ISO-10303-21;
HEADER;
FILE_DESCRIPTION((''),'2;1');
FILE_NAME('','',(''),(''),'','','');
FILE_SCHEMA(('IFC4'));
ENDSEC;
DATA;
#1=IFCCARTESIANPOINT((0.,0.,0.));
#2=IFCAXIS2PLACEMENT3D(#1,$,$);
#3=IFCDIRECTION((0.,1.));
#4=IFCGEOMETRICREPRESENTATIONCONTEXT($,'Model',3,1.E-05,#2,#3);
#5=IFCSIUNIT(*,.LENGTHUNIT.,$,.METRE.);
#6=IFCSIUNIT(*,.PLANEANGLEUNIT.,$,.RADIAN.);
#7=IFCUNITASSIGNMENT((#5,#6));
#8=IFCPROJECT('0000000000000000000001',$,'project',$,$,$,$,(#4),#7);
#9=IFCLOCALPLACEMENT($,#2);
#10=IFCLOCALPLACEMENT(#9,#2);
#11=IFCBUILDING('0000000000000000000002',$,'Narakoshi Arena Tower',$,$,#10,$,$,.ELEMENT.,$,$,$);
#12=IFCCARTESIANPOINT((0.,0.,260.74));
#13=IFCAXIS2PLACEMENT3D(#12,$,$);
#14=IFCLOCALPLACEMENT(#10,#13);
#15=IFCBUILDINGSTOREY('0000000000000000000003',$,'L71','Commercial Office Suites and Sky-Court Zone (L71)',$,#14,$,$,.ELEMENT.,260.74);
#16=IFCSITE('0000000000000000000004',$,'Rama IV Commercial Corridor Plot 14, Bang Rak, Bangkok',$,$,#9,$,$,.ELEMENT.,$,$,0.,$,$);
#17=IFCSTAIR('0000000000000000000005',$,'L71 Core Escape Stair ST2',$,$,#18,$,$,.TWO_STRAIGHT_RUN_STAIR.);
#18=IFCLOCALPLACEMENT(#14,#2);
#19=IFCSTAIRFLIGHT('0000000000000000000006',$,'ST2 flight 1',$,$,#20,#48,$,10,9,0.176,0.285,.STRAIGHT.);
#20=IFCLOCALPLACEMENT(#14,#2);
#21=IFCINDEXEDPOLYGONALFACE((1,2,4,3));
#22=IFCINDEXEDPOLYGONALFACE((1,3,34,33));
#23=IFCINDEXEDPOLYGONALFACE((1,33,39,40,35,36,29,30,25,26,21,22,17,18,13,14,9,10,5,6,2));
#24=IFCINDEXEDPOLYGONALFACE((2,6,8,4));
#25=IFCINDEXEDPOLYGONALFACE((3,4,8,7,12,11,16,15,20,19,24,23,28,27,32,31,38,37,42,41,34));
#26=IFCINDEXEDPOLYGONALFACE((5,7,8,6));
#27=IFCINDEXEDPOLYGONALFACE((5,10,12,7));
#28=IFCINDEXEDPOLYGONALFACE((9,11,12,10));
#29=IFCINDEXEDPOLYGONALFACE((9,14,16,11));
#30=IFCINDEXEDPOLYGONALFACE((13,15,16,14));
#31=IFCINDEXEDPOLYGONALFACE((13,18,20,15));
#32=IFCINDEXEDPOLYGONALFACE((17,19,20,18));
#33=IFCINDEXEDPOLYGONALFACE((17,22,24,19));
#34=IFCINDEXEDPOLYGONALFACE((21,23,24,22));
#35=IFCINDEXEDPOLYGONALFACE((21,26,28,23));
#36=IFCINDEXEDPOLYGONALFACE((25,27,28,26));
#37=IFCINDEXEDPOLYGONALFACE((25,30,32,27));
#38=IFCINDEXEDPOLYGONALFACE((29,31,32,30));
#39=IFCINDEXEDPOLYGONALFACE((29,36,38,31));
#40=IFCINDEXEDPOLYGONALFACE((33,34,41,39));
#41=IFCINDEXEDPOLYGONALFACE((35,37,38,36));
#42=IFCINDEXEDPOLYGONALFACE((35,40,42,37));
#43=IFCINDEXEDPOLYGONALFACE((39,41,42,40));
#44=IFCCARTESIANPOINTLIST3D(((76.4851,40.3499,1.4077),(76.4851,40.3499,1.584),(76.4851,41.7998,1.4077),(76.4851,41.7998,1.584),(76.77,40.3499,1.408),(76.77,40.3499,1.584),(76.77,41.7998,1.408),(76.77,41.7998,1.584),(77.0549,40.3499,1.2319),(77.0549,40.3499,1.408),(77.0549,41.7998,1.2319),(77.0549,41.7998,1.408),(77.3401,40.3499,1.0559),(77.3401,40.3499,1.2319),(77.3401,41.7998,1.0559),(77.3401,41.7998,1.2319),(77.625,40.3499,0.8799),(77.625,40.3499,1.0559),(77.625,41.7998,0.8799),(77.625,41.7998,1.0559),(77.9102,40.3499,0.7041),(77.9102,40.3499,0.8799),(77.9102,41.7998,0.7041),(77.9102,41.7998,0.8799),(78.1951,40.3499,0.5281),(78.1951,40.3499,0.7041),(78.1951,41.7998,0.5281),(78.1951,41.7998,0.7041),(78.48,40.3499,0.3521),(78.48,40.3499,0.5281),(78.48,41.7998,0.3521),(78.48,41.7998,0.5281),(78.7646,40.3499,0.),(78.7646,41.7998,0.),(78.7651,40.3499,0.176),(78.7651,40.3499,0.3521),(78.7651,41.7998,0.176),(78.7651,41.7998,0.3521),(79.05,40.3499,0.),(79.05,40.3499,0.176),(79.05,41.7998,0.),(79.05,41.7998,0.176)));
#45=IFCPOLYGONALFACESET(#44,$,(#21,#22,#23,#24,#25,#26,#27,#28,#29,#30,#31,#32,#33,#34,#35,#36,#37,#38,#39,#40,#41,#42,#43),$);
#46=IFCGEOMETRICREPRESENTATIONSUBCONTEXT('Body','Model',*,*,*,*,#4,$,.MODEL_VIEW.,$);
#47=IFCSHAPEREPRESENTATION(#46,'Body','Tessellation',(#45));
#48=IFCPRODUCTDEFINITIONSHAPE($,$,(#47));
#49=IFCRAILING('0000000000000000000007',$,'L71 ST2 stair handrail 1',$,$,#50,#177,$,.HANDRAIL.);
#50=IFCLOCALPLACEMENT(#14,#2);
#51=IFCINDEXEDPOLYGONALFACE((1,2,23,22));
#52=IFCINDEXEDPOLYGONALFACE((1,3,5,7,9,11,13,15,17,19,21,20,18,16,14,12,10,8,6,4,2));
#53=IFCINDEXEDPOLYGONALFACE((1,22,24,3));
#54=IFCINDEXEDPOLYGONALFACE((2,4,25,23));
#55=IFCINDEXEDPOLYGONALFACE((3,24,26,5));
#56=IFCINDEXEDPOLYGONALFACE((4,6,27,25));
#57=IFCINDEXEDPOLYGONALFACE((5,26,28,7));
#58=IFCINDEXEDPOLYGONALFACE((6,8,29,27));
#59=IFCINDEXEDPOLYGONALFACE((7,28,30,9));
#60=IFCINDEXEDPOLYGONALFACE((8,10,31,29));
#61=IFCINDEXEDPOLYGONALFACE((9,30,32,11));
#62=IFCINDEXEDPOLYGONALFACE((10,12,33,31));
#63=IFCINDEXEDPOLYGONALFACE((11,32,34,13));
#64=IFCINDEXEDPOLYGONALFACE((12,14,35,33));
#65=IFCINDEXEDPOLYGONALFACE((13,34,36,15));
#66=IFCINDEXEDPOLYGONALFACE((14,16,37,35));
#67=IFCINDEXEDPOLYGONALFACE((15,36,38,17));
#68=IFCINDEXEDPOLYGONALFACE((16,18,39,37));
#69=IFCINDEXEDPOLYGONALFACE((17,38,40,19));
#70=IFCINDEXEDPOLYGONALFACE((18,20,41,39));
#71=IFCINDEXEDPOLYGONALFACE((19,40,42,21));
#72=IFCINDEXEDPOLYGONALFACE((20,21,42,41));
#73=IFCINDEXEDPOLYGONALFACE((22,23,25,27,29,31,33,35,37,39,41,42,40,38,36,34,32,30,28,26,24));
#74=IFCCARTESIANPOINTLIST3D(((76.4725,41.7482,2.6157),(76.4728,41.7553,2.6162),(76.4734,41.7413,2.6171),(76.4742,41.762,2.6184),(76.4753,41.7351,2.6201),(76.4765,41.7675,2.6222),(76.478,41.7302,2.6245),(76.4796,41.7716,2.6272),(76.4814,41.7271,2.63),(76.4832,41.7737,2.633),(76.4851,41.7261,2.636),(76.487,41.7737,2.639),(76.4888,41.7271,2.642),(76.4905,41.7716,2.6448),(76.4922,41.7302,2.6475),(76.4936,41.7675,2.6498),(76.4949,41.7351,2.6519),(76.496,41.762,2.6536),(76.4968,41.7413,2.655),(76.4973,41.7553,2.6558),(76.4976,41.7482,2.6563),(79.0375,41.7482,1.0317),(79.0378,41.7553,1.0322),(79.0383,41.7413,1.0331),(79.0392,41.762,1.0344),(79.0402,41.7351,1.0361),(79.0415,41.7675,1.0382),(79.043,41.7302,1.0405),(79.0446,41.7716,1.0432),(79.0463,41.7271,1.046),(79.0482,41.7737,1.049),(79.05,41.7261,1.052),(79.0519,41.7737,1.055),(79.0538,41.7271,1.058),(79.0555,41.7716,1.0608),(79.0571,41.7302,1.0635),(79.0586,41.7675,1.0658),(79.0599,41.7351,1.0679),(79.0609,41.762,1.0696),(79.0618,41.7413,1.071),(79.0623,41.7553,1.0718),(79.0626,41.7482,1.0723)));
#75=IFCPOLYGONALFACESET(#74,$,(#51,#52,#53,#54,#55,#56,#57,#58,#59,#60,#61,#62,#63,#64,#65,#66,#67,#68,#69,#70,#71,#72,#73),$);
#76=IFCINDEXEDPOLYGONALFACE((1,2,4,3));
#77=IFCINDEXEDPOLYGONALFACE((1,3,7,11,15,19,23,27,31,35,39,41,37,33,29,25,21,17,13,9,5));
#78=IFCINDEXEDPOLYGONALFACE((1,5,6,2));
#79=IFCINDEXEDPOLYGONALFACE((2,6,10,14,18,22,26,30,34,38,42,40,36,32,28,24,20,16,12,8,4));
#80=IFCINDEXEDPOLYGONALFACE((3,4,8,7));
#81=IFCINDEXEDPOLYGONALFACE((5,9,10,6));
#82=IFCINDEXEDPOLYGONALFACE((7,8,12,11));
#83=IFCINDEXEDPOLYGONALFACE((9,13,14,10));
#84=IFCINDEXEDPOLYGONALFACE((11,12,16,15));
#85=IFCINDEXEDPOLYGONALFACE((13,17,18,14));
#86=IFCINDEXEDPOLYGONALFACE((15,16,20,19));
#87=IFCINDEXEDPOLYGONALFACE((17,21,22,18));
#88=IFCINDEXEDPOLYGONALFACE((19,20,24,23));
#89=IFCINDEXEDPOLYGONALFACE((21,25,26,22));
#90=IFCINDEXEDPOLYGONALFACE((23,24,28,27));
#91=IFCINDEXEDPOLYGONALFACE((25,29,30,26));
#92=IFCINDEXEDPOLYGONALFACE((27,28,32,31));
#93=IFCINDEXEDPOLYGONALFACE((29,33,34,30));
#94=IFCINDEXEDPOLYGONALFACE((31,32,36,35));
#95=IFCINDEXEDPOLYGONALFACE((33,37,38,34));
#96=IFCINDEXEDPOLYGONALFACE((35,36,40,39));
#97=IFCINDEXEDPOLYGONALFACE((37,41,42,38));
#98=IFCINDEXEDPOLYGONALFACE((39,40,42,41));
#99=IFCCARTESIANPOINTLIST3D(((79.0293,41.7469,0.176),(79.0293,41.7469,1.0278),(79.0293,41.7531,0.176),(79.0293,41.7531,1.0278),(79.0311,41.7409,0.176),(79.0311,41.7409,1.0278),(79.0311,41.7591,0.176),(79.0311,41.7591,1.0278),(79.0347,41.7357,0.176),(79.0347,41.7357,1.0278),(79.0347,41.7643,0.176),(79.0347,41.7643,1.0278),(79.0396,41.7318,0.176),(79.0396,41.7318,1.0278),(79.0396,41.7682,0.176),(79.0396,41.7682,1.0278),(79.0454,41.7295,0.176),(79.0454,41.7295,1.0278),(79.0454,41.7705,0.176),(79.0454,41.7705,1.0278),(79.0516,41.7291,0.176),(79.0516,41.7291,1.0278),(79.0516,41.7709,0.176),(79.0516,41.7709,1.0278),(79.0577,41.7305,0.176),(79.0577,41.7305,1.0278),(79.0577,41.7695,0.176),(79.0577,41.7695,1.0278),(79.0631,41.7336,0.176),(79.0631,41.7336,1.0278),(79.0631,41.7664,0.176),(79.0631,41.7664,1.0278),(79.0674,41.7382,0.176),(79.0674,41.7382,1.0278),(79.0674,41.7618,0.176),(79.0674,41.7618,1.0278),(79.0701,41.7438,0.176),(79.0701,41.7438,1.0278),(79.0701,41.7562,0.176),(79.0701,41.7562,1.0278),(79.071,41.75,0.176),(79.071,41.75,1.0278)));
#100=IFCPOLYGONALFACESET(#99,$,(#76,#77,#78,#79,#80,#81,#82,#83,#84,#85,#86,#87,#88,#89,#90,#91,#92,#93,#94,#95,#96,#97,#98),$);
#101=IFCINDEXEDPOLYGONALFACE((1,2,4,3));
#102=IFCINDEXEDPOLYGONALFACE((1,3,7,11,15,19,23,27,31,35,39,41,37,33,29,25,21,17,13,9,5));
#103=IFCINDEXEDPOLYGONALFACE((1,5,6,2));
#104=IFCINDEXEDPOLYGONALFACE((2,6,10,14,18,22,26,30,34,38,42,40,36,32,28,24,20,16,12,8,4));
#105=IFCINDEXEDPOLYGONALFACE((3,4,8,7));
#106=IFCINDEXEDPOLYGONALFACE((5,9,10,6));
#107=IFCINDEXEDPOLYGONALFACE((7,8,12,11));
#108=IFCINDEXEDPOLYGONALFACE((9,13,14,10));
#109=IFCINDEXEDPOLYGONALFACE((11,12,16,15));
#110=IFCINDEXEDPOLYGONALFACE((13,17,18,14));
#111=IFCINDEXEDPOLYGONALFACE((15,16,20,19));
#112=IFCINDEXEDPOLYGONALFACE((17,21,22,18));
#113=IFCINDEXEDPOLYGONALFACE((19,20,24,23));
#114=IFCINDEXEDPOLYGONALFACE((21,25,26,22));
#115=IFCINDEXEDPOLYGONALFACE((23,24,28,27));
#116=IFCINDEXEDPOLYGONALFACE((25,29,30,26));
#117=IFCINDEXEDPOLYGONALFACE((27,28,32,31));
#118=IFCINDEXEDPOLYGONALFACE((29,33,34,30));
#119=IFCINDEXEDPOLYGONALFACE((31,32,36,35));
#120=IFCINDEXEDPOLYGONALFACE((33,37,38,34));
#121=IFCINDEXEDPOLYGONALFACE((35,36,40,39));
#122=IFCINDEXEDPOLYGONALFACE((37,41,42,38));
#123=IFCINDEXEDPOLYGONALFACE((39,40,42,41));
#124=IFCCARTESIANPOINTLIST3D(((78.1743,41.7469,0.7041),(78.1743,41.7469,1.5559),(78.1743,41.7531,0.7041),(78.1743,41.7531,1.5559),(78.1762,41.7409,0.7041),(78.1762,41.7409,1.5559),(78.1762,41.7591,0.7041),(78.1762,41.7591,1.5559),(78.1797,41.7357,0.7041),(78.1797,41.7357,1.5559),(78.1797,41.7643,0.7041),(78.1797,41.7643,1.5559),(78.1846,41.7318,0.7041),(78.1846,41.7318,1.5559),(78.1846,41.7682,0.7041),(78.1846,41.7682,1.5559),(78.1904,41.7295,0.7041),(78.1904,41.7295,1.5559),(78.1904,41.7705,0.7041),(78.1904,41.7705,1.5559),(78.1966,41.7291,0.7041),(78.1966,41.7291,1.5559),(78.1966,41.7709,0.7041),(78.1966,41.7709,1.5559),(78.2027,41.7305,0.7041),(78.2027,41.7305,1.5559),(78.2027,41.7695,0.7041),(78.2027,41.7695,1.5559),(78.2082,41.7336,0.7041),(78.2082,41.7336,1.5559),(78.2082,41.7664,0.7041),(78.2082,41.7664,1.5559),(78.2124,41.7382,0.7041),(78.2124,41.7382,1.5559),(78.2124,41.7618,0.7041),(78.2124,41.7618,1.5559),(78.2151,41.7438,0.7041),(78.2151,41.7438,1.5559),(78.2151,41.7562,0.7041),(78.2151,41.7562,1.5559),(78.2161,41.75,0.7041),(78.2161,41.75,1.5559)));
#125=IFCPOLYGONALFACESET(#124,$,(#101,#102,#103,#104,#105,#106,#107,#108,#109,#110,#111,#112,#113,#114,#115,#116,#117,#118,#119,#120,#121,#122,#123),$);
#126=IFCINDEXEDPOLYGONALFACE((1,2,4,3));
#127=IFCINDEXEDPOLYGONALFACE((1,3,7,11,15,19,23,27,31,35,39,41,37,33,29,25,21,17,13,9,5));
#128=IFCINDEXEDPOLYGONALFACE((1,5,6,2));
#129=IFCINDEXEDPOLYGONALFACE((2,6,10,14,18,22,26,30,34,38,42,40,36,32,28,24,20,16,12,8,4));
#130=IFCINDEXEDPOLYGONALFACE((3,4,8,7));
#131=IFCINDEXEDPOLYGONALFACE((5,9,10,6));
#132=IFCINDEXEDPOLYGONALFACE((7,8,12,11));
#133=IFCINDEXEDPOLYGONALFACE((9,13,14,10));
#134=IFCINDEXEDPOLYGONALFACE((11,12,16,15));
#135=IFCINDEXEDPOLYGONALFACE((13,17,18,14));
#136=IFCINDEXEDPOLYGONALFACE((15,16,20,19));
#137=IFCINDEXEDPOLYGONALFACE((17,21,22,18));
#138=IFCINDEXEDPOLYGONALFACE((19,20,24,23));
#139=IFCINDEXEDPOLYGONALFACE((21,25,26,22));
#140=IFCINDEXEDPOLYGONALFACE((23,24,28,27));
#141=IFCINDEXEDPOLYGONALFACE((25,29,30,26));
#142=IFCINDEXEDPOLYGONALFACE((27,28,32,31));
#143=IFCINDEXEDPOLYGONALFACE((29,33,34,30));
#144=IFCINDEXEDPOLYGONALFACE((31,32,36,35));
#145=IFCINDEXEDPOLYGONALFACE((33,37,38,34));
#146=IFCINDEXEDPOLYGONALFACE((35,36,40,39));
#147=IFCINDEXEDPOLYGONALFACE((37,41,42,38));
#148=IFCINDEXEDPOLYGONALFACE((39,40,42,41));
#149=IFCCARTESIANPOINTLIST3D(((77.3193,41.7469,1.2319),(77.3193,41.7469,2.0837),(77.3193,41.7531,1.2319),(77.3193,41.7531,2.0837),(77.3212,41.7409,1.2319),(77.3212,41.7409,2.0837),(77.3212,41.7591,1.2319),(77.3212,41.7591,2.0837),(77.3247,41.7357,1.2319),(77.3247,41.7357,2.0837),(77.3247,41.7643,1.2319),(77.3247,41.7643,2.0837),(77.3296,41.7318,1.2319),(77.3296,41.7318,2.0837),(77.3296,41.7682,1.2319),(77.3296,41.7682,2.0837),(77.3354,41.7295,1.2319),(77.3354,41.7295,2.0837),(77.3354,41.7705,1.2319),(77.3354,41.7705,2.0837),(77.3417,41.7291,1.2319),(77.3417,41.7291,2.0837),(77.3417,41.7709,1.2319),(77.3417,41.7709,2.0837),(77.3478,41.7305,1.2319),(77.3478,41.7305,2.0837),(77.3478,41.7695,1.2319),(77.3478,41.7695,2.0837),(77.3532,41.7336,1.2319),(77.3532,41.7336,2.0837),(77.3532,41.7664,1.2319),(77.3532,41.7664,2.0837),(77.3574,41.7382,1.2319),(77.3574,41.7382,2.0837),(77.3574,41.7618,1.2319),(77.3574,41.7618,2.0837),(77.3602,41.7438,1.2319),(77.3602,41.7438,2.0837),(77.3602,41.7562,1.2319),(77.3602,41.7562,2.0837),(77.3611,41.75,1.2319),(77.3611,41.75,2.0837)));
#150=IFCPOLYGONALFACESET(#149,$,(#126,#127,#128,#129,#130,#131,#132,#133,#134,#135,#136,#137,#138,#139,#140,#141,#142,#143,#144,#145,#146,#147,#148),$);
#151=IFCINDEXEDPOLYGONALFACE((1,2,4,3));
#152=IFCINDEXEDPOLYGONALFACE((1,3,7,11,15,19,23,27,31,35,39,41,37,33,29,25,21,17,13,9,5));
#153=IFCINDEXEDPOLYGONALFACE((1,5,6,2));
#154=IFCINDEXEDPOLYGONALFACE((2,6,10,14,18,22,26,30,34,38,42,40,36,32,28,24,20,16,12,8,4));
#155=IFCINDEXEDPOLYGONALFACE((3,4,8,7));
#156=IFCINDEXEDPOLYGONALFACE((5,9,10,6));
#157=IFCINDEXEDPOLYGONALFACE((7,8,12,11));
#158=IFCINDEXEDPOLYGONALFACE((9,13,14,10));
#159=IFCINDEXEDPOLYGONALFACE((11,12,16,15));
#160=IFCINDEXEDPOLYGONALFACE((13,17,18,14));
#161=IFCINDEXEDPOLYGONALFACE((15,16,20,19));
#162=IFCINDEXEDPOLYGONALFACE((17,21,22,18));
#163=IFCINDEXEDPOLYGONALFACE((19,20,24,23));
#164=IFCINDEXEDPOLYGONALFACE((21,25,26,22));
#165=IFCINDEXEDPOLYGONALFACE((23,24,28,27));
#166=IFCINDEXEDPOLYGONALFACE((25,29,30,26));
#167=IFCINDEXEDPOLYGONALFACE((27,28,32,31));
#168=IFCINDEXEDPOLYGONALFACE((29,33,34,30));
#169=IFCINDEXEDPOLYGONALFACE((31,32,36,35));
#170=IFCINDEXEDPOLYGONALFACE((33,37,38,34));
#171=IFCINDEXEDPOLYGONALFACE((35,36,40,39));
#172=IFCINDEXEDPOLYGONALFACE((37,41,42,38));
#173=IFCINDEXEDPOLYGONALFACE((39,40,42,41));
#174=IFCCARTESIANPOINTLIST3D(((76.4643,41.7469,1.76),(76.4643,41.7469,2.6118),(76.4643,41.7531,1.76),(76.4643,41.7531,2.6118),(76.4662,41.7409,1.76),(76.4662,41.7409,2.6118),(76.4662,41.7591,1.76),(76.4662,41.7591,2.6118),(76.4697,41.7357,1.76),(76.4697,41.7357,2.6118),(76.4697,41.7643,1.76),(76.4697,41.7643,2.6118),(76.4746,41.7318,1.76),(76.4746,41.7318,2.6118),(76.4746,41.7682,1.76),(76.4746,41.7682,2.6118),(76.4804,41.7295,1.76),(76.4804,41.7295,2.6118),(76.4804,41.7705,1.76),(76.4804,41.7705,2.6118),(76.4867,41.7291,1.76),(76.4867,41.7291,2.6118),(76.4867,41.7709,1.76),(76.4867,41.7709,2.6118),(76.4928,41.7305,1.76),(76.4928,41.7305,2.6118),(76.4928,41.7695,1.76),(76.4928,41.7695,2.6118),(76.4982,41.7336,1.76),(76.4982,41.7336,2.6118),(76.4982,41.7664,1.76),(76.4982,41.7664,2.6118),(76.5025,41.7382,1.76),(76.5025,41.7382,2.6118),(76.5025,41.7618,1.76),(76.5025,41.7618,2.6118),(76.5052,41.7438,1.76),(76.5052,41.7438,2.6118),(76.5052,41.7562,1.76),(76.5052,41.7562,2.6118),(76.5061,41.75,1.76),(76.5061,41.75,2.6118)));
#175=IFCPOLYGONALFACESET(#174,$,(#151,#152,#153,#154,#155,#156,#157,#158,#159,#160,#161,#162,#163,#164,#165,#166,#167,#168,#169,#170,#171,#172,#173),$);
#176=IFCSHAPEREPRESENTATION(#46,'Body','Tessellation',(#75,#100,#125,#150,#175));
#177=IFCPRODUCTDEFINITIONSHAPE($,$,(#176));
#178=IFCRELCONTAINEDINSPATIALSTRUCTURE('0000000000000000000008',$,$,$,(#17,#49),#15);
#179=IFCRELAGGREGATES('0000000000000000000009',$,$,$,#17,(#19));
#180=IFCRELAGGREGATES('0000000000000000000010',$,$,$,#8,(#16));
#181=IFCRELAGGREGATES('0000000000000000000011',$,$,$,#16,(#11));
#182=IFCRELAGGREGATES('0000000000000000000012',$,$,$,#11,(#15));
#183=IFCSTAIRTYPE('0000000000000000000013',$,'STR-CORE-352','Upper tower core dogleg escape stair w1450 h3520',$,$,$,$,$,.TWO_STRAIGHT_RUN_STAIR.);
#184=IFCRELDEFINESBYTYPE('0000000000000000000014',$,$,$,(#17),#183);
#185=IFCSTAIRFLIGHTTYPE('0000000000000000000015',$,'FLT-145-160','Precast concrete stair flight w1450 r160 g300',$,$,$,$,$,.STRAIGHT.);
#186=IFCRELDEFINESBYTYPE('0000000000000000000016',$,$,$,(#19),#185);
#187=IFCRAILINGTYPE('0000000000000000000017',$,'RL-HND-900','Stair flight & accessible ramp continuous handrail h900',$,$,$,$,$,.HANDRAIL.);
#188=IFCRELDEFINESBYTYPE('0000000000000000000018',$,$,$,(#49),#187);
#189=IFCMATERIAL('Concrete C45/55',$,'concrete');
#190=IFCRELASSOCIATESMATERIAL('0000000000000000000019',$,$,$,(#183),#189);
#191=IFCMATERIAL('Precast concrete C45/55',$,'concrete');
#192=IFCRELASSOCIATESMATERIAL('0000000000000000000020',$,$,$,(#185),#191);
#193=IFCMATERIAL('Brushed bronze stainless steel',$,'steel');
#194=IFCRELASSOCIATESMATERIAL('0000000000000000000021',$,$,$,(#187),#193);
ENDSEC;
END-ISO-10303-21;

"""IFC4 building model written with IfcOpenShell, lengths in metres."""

from ifc_helpers import new_model, si_unit, direction, frame, origin, origin_2d, place, context, subcontext, project, spatial, polyline, circle, outline, extrude, material, type_object, element, aggregate, save


model = new_model("IFC4")

# Units and contexts
model_context = context("Model", 3, precision=1e-05, world=origin(), true_north=direction((0.0, 1.0)))
body_context = subcontext(model_context, "Body", "Model", "MODEL_VIEW")
ifc_project = project(units=[si_unit("LENGTHUNIT", "METRE"), si_unit("PLANEANGLEUNIT", "RADIAN")], contexts=[model_context])

# Site, building, storey
site_placement = place(None, origin())
site = spatial("IfcSite", under=ifc_project, at=site_placement, Name="Rama IV Commercial Corridor Plot 14, Bang Rak, Bangkok", CompositionType="ELEMENT", RefElevation=0.0)
building_placement = place(site_placement, origin())
building = spatial("IfcBuilding", under=site, at=building_placement, Name="Narakoshi Arena Tower", CompositionType="ELEMENT")
storey_placement = place(building_placement, frame((0.0, 0.0, 260.74)))
storey = spatial("IfcBuildingStorey", under=building, at=storey_placement, Name="L71", Description="Commercial Office Suites and Sky-Court Zone (L71)", CompositionType="ELEMENT", Elevation=260.74)

# Stair, stair flight
ifc_material_1 = material(Name="Concrete C45/55", Category="concrete")
stair_type = type_object("IfcStairType", Name="STR-CORE-352", Description="Upper tower core dogleg escape stair w1450 h3520", PredefinedType="TWO_STRAIGHT_RUN_STAIR", material=ifc_material_1)
stair_placement = place(storey_placement, origin())
stair = element("IfcStair", 1, at=stair_placement, inside=storey, type_object=stair_type, Name="L71 Core Escape Stair ST2", PredefinedType="TWO_STRAIGHT_RUN_STAIR")
ifc_material_2 = material(Name="Precast concrete C45/55", Category="concrete")
stair_flight_type = type_object("IfcStairFlightType", Name="FLT-145-160", Description="Precast concrete stair flight w1450 r160 g300", PredefinedType="STRAIGHT", material=ifc_material_2)
stair_flight_placement = place(storey_placement, frame((79.05, 41.075, 0.0), z_axis=(0.0, 0.0, 1.0), x_axis=(-1.0, 0.0, 0.0)))
stair_flight = element("IfcStairFlight", 2, at=stair_flight_placement, type_object=stair_flight_type, Name="ST2 flight 1", NumberOfRisers=10, NumberOfTreads=9, PredefinedType="STRAIGHT", RiserHeight=0.176, TreadLength=0.285, context=body_context, shape_type="SweptSolid", body=[
    extrude(outline(polyline([(0.0, 0.0), (0.0, 0.176), (0.2849, 0.176), (0.2849, 0.3521), (0.5701, 0.3521), (0.5701, 0.5281), (0.855, 0.5281), (0.855, 0.7041), (1.1399, 0.7041), (1.1399, 0.8799), (1.425, 0.8799), (1.425, 1.0559), (1.71, 1.0559), (1.71, 1.2319), (1.9951, 1.2319), (1.9951, 1.408), (2.28, 1.408), (2.28, 1.584), (2.5649, 1.584), (2.5649, 1.76), (2.5649, 1.4077), (0.2854, 0.0), (0.0, 0.0)])), frame((0.0, 0.7251, 0.0), z_axis=(0.0, -1.0, 0.0), x_axis=(1.0, 0.0, 0.0)), (0.0, 0.0, 1.0), 1.45),
])
aggregate(stair, [stair_flight])

# Railing
ifc_material_3 = material(Name="Brushed bronze stainless steel", Category="steel")
railing_type = type_object("IfcRailingType", Name="RL-HND-900", Description="Stair flight & accessible ramp continuous handrail h900", PredefinedType="HANDRAIL", material=ifc_material_3)
railing_placement = place(storey_placement, frame((79.05, 41.75, 0.176)))
element("IfcRailing", 3, at=railing_placement, inside=storey, type_object=railing_type, Name="L71 ST2 stair handrail 1", PredefinedType="HANDRAIL", context=body_context, shape_type="SweptSolid", body=[
    extrude(circle(Radius=0.0239, at=origin_2d()), frame((0.0, 0.0, 0.876), z_axis=(-0.850834, 0.0, 0.525434), x_axis=(0.0, -1.0, 0.0)), (0.0, 0.0, 1.0), 3.0146),
    extrude(circle(Radius=0.021, at=origin_2d()), origin(), (0.0, 0.0, 1.0), 0.8518),
    extrude(circle(Radius=0.021, at=origin_2d()), frame((-0.855, 0.0, 0.5281)), (0.0, 0.0, 1.0), 0.8518),
    extrude(circle(Radius=0.021, at=origin_2d()), frame((-1.71, 0.0, 1.0559)), (0.0, 0.0, 1.0), 0.8518),
    extrude(circle(Radius=0.021, at=origin_2d()), frame((-2.5649, 0.0, 1.584)), (0.0, 0.0, 1.0), 0.8518),
])

save(model, "model.ifc")
